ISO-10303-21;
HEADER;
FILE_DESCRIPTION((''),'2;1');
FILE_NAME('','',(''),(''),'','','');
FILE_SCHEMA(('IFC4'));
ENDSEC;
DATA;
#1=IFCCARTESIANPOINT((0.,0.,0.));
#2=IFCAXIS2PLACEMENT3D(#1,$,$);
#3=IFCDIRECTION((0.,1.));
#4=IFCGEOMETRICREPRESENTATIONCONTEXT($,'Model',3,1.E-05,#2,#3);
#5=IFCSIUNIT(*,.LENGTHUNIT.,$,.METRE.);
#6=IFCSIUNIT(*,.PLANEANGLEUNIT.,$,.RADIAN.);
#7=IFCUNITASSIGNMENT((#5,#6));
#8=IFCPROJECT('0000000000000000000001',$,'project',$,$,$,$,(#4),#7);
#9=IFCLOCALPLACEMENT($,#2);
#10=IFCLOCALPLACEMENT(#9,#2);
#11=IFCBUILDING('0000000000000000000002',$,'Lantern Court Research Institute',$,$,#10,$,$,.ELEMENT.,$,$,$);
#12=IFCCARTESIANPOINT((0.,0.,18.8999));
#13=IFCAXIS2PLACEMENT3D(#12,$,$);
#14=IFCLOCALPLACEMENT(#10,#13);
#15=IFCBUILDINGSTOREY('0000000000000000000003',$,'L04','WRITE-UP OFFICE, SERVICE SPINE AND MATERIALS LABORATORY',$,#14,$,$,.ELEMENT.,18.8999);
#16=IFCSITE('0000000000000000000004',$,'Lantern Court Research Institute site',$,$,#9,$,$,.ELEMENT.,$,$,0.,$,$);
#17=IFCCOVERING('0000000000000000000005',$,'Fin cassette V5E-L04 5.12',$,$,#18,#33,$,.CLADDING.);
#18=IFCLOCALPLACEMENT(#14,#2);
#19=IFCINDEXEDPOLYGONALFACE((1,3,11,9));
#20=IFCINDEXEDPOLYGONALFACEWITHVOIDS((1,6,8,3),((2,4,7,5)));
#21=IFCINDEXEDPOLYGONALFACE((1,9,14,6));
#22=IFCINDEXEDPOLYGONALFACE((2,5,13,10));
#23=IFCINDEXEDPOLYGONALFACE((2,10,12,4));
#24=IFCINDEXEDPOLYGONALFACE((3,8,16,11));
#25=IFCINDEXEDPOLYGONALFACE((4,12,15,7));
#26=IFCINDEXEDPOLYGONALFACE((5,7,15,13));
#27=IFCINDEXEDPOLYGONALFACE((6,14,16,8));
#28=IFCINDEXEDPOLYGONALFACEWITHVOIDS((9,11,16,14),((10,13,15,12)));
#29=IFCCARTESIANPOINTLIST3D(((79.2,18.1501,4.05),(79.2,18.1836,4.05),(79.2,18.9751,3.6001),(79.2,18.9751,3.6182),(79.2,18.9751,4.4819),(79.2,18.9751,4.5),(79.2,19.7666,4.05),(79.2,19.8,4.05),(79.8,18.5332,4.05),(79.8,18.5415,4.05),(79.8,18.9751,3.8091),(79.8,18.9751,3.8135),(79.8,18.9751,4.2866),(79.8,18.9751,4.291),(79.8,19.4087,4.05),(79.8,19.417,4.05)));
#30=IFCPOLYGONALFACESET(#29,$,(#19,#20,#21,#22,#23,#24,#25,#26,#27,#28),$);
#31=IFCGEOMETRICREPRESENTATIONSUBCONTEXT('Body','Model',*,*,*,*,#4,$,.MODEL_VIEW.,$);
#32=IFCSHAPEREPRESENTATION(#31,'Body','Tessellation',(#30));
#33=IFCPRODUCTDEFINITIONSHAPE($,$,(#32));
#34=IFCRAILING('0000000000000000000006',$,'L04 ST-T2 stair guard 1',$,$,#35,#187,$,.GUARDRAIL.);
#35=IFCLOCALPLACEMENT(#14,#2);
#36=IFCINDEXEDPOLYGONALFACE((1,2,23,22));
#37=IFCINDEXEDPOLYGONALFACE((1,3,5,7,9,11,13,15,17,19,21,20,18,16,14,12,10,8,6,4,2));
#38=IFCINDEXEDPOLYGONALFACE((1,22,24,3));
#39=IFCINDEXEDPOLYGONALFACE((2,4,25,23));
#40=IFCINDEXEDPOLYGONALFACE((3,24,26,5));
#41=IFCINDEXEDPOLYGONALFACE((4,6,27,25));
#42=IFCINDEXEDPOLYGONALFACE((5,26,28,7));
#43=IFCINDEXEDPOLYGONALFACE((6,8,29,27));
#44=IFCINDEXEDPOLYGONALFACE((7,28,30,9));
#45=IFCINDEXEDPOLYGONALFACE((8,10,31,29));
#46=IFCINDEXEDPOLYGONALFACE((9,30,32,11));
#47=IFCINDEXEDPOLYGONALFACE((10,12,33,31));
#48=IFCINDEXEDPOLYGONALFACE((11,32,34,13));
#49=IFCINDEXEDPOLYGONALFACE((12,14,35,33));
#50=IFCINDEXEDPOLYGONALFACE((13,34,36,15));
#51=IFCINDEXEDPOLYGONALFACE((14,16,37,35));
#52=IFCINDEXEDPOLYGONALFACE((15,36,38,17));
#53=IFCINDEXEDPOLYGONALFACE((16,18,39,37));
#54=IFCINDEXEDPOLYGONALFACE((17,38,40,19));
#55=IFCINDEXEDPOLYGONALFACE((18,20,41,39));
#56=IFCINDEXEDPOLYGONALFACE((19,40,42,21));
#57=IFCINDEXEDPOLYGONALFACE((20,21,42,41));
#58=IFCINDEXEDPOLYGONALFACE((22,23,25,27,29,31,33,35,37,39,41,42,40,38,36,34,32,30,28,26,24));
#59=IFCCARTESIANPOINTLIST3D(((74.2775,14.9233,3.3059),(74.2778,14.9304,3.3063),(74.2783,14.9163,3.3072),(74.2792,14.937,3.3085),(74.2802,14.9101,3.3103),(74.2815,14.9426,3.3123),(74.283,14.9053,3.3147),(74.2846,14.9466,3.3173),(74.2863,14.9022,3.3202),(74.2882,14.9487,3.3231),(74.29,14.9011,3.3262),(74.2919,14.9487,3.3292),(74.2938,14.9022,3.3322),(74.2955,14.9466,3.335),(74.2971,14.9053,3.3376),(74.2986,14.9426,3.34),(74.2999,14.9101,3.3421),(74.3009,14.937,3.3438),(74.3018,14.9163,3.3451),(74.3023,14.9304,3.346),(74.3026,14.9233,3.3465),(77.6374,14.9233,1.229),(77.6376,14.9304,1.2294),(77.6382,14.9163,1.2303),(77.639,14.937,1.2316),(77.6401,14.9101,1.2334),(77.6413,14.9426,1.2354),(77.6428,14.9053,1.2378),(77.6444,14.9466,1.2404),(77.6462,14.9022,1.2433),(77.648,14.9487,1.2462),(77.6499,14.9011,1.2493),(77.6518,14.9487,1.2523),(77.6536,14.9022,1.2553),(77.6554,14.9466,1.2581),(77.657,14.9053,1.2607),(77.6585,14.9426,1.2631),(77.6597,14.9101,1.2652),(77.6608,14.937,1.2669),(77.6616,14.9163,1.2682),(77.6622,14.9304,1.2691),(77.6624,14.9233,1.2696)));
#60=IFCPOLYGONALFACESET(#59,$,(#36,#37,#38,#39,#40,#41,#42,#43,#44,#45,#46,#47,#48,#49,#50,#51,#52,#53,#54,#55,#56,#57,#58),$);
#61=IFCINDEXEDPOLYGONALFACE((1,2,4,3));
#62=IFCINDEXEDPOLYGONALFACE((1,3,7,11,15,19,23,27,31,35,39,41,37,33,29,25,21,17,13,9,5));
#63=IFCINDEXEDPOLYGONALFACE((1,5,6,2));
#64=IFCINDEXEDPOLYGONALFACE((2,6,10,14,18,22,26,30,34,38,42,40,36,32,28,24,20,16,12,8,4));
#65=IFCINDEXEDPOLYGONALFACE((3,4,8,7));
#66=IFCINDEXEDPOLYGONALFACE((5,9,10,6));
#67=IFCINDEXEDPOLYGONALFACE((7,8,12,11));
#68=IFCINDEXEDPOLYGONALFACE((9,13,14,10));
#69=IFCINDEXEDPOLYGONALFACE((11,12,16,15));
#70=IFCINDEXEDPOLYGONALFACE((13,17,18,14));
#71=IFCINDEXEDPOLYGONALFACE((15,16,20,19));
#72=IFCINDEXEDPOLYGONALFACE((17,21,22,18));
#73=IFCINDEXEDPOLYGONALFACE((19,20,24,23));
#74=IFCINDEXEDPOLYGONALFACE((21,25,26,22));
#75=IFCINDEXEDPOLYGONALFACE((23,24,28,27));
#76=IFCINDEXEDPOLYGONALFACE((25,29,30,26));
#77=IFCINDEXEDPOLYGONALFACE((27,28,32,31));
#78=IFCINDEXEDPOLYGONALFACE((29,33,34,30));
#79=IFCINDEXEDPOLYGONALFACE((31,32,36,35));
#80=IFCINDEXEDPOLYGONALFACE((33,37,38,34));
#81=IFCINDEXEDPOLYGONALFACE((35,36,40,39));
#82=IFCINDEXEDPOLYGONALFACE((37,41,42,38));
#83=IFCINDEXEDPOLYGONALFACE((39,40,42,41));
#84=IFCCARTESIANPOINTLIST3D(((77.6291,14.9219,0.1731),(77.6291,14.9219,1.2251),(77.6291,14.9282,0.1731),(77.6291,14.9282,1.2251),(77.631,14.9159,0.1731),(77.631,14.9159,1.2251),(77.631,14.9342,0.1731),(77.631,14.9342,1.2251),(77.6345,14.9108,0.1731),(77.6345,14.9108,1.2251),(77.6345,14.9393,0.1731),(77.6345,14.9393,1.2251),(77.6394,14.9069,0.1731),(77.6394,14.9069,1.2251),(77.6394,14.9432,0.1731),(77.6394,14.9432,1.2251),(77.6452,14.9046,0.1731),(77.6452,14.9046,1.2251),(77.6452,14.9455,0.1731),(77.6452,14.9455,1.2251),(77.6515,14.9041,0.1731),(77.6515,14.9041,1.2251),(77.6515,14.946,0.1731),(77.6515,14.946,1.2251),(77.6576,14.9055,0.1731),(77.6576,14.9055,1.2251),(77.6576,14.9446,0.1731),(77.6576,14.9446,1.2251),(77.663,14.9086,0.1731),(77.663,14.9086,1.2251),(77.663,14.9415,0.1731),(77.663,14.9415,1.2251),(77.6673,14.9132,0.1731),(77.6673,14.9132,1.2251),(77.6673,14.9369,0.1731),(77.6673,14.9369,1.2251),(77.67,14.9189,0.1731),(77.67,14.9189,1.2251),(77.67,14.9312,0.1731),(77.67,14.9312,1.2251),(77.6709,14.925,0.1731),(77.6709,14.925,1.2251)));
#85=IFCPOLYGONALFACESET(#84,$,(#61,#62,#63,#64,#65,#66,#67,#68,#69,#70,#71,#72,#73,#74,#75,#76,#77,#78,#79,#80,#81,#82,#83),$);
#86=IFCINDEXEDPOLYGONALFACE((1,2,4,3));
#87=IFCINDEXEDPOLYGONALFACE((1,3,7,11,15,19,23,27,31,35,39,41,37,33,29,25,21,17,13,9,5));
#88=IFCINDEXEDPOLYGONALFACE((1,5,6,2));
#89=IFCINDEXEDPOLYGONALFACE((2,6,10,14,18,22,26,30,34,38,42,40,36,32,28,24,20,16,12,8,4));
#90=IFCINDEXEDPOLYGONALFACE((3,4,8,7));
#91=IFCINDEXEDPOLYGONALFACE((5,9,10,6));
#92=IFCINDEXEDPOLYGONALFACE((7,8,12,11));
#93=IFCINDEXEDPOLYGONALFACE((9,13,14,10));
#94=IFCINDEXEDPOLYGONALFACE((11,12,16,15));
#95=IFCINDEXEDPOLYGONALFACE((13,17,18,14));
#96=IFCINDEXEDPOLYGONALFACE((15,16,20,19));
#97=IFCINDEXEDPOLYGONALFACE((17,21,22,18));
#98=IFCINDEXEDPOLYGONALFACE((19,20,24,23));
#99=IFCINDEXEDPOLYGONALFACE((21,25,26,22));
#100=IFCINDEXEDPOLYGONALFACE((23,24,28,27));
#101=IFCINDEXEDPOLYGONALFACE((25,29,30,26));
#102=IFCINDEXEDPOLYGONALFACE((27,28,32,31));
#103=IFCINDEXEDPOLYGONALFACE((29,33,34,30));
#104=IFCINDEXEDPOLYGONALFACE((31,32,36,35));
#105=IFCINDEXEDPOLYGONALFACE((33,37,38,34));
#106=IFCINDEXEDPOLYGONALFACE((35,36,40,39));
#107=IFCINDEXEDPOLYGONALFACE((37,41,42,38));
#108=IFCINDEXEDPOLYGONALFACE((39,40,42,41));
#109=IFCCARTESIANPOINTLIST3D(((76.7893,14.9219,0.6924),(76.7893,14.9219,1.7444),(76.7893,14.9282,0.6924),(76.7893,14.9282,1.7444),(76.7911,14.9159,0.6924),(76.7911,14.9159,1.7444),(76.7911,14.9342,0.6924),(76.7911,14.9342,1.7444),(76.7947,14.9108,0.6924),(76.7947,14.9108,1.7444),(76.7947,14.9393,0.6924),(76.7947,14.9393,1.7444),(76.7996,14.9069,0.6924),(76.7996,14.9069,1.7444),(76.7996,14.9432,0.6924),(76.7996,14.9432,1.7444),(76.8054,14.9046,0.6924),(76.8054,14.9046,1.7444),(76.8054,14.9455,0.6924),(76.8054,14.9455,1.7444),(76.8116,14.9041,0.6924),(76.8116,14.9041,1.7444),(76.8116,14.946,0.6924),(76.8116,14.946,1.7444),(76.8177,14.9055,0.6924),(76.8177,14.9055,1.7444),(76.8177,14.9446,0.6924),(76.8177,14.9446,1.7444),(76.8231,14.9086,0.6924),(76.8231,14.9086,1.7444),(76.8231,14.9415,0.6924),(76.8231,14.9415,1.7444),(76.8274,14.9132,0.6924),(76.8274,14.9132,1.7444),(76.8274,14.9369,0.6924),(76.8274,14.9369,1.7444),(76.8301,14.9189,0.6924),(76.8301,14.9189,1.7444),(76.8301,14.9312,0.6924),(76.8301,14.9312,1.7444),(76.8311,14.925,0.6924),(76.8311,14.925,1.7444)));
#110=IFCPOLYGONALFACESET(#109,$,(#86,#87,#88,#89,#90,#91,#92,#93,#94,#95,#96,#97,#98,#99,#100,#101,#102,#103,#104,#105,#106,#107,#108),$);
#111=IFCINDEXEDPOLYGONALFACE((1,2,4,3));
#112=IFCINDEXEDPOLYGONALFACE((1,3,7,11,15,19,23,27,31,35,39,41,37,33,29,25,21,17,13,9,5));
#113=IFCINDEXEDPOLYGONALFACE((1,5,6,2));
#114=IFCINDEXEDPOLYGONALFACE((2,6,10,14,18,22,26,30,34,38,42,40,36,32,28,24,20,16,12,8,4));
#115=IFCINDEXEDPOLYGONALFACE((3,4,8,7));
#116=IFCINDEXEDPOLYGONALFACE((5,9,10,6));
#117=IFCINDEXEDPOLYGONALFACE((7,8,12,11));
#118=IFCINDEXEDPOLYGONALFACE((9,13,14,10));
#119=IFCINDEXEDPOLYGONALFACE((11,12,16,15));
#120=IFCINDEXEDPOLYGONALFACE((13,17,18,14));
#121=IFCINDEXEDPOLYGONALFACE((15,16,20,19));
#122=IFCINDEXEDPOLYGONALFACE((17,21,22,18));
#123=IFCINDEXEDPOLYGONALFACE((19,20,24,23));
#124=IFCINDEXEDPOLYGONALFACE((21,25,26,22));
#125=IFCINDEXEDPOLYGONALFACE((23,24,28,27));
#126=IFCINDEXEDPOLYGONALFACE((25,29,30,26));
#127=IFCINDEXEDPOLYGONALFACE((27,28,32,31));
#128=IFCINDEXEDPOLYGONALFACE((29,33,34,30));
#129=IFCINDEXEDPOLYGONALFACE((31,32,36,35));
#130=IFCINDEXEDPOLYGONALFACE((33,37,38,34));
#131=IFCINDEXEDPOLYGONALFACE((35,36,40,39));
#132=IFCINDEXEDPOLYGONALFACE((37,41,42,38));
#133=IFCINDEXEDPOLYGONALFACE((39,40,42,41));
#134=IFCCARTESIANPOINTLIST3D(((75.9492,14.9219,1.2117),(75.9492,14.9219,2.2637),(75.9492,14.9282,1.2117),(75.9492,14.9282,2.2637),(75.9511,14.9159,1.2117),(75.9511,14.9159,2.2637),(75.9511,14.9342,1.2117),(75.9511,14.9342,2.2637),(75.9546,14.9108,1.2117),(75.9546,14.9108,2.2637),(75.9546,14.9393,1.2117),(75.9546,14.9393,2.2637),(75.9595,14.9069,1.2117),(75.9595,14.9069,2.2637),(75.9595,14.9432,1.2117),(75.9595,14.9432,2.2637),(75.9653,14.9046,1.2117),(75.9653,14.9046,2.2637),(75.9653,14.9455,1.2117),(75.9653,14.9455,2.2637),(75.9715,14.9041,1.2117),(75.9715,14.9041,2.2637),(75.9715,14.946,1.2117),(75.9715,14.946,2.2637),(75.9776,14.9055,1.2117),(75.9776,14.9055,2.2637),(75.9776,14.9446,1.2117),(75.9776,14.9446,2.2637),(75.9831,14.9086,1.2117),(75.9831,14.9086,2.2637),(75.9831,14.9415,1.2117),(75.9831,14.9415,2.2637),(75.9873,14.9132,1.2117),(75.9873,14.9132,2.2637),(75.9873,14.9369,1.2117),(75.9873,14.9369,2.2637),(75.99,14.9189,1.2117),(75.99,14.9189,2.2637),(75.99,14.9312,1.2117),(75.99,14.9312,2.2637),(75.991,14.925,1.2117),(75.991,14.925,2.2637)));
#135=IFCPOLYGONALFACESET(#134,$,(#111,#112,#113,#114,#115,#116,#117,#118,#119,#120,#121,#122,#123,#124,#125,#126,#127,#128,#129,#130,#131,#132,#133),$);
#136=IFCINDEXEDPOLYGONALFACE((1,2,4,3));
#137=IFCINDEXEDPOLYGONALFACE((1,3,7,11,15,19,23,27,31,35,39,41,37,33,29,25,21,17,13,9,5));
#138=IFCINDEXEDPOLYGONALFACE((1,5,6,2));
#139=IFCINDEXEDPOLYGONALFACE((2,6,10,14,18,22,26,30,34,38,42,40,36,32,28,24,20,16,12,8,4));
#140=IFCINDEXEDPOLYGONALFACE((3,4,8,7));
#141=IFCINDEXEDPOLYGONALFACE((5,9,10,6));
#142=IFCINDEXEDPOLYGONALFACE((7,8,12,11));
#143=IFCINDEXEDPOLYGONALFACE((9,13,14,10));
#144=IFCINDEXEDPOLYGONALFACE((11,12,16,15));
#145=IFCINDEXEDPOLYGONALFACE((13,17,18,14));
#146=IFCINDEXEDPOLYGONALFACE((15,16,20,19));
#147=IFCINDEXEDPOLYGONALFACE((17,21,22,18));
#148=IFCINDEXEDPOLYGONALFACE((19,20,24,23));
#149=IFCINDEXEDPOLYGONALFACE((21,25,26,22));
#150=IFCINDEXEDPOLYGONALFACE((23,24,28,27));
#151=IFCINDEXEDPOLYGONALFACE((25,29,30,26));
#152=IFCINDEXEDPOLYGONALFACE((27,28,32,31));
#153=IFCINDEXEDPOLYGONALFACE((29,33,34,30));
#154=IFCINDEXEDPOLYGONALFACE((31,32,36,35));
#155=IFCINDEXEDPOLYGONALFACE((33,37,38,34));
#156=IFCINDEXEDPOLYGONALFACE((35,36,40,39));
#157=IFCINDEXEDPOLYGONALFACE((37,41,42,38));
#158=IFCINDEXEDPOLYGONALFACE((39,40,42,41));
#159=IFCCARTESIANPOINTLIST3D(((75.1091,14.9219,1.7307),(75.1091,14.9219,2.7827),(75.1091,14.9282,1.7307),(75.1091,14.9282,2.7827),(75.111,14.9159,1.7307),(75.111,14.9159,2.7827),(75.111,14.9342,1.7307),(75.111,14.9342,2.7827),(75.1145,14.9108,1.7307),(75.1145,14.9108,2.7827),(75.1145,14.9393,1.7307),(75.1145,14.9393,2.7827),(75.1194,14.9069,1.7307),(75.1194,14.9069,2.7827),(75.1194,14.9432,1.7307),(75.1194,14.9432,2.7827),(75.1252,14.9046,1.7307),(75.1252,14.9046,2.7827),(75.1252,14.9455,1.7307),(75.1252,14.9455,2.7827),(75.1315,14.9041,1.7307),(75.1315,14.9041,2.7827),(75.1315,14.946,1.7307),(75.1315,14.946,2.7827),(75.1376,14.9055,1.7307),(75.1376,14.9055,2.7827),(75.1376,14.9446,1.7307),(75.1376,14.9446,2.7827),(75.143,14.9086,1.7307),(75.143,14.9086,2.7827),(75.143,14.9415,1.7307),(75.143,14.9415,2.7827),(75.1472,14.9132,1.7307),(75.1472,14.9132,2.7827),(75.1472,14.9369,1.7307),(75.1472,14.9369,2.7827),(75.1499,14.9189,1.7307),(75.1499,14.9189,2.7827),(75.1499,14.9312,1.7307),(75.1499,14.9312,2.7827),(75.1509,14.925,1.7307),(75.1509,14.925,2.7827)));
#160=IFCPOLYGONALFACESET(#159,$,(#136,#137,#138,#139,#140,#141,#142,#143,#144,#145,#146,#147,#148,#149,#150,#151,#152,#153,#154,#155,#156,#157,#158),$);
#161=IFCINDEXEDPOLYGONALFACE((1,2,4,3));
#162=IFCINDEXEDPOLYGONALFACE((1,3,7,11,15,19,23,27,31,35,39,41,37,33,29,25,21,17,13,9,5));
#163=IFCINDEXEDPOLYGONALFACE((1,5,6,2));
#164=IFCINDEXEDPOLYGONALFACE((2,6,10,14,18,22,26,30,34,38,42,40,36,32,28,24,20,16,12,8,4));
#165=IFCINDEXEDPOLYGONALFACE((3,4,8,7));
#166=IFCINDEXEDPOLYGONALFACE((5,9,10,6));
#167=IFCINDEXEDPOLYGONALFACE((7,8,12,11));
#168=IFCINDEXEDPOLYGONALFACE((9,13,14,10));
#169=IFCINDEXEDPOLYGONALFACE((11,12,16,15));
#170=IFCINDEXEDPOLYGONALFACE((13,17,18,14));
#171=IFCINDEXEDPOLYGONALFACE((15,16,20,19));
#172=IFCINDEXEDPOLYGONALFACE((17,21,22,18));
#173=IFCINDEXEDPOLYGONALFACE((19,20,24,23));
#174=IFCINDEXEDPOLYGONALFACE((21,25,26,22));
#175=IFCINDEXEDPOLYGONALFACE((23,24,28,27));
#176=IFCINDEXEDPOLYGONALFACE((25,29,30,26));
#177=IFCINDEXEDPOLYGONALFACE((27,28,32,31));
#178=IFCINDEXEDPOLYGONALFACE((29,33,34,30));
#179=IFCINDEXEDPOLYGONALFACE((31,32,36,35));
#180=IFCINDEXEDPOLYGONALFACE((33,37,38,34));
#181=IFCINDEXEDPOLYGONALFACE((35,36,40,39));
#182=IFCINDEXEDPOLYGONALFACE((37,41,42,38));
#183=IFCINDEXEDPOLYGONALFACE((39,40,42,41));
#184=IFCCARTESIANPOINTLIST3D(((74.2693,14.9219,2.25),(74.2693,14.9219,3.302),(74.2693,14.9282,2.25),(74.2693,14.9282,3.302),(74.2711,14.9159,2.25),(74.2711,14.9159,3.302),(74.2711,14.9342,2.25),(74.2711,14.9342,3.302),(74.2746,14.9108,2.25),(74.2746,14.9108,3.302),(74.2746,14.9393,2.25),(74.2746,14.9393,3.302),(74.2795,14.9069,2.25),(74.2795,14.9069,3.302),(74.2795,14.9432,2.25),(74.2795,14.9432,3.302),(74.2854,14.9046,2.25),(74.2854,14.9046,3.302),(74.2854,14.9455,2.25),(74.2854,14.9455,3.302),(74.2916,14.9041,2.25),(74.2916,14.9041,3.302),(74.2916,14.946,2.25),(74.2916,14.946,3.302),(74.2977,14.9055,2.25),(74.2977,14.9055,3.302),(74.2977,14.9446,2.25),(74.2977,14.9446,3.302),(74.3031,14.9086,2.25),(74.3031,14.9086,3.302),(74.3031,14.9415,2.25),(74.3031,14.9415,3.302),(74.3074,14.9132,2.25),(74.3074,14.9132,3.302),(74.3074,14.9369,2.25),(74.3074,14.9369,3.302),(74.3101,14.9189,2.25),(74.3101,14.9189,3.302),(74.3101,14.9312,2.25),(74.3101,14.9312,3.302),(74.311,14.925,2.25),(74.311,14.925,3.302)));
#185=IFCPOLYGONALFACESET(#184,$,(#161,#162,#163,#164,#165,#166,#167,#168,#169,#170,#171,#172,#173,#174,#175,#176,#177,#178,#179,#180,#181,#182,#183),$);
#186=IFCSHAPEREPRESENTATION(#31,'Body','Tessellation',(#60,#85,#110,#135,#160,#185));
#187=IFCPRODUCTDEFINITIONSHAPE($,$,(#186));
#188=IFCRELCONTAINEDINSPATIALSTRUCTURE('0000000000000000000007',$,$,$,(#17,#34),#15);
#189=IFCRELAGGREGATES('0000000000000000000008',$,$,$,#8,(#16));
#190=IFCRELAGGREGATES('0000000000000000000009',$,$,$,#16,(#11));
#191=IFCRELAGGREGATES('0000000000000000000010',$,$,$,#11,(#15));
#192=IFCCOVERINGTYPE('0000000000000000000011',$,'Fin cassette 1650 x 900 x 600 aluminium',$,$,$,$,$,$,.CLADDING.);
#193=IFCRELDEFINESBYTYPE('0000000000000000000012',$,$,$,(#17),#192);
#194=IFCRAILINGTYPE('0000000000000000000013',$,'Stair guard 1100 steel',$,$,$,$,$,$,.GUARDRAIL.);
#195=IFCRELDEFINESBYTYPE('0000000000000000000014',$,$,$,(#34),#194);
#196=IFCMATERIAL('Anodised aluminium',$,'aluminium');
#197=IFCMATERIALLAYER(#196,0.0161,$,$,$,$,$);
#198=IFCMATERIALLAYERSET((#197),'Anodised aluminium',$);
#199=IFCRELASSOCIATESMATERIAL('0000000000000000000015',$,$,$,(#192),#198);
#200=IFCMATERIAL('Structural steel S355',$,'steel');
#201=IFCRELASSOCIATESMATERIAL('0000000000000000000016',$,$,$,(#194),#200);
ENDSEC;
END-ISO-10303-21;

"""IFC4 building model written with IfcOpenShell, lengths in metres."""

from ifc_helpers import new_model, entity, si_unit, direction, frame, origin, origin_2d, place, context, subcontext, project, spatial, circle, extrude, material, layer, layer_set, type_object, element, save


model = new_model("IFC4")

# Units and contexts
model_context = context("Model", 3, precision=1e-05, world=origin(), true_north=direction((0.0, 1.0)))
body_context = subcontext(model_context, "Body", "Model", "MODEL_VIEW")
ifc_project = project(units=[si_unit("LENGTHUNIT", "METRE"), si_unit("PLANEANGLEUNIT", "RADIAN")], contexts=[model_context])

# Site, building, storey
site_placement = place(None, origin())
site = spatial("IfcSite", under=ifc_project, at=site_placement, Name="Lantern Court Research Institute site", CompositionType="ELEMENT", RefElevation=0.0)
building_placement = place(site_placement, origin())
building = spatial("IfcBuilding", under=site, at=building_placement, Name="Lantern Court Research Institute", CompositionType="ELEMENT")
storey_placement = place(building_placement, frame((0.0, 0.0, 18.8999)))
storey = spatial("IfcBuildingStorey", under=building, at=storey_placement, Name="L04", Description="WRITE-UP OFFICE, SERVICE SPINE AND MATERIALS LABORATORY", CompositionType="ELEMENT", Elevation=18.8999)

# Covering
ifc_material_1 = material(Name="Anodised aluminium", Category="aluminium")
ifc_layer_1 = layer(ifc_material_1, 0.0161)
ifc_layer_set_1 = layer_set([ifc_layer_1], Name="Anodised aluminium")
covering_type = type_object("IfcCoveringType", Name="Fin cassette 1650 x 900 x 600 aluminium", PredefinedType="CLADDING", material=ifc_layer_set_1)
covering_1_placement = place(storey_placement, frame((79.2, 18.9751, 4.05), z_axis=(1.0, 0.0, 0.0), x_axis=(0.0, 1.0, 0.0)))
cartesian_point_1 = entity("IfcCartesianPoint", [0.825, 0.0])
cartesian_point_2 = entity("IfcCartesianPoint", [0.7915, 0.0])
cartesian_point_3 = entity("IfcCartesianPoint", [0.4419, 0.0])
cartesian_point_4 = entity("IfcCartesianPoint", [0.4336, 0.0])
element("IfcCovering", 1, at=covering_1_placement, inside=storey, type_object=covering_type, Name="Fin cassette V5E-L04 5.12", PredefinedType="CLADDING", context=body_context, shape_type="SweptSolid", body=[
    entity("IfcExtrudedAreaSolidTapered", entity("IfcArbitraryProfileDefWithVoids", "AREA", None, entity("IfcPolyline", [cartesian_point_1, entity("IfcCartesianPoint", [0.0, 0.45]), entity("IfcCartesianPoint", [-0.825, 0.0]), entity("IfcCartesianPoint", [0.0, -0.45]), cartesian_point_1]), [entity("IfcPolyline", [cartesian_point_2, entity("IfcCartesianPoint", [0.0, 0.4319]), entity("IfcCartesianPoint", [-0.7915, 0.0]), entity("IfcCartesianPoint", [0.0, -0.4319]), cartesian_point_2])]), entity("IfcAxis2Placement3D", entity("IfcCartesianPoint", [0.0, 0.0, 0.0])), entity("IfcDirection", [0.0, 0.0, 1.0]), 0.6001, entity("IfcArbitraryProfileDefWithVoids", "AREA", None, entity("IfcPolyline", [cartesian_point_3, entity("IfcCartesianPoint", [0.0, 0.241]), entity("IfcCartesianPoint", [-0.4419, 0.0]), entity("IfcCartesianPoint", [0.0, -0.241]), cartesian_point_3]), [entity("IfcPolyline", [cartesian_point_4, entity("IfcCartesianPoint", [0.0, 0.2366]), entity("IfcCartesianPoint", [-0.4336, 0.0]), entity("IfcCartesianPoint", [0.0, -0.2366]), cartesian_point_4])])),
])

# Railing
ifc_material_2 = material(Name="Structural steel S355", Category="steel")
railing_type_1 = type_object("IfcRailingType", Name="Stair guard 1100 steel", PredefinedType="GUARDRAIL", material=ifc_material_2)
railing_1_placement = place(storey_placement, frame((77.6499, 14.925, 0.1731)))
element("IfcRailing", 2, at=railing_1_placement, inside=storey, type_object=railing_type_1, Name="L04 ST-T2 stair guard 1", PredefinedType="GUARDRAIL", context=body_context, shape_type="SweptSolid", body=[
    extrude(circle(Radius=0.0239, at=origin_2d()), frame((0.0, 0.0, 1.0762), z_axis=(-0.850606, 0.0, 0.525803), x_axis=(0.0, -1.0, 0.0)), (0.0, 0.0, 1.0), 3.95),
    extrude(circle(Radius=0.021, at=origin_2d()), origin(), (0.0, 0.0, 1.0), 1.052),
    extrude(circle(Radius=0.021, at=origin_2d()), frame((-0.8398, 0.0, 0.5193)), (0.0, 0.0, 1.0), 1.052),
    extrude(circle(Radius=0.021, at=origin_2d()), frame((-1.6799, 0.0, 1.0386)), (0.0, 0.0, 1.0), 1.052),
    extrude(circle(Radius=0.021, at=origin_2d()), frame((-2.52, 0.0, 1.5576)), (0.0, 0.0, 1.0), 1.052),
    extrude(circle(Radius=0.021, at=origin_2d()), frame((-3.3599, 0.0, 2.0769)), (0.0, 0.0, 1.0), 1.052),
])

save(model, "model.ifc")
